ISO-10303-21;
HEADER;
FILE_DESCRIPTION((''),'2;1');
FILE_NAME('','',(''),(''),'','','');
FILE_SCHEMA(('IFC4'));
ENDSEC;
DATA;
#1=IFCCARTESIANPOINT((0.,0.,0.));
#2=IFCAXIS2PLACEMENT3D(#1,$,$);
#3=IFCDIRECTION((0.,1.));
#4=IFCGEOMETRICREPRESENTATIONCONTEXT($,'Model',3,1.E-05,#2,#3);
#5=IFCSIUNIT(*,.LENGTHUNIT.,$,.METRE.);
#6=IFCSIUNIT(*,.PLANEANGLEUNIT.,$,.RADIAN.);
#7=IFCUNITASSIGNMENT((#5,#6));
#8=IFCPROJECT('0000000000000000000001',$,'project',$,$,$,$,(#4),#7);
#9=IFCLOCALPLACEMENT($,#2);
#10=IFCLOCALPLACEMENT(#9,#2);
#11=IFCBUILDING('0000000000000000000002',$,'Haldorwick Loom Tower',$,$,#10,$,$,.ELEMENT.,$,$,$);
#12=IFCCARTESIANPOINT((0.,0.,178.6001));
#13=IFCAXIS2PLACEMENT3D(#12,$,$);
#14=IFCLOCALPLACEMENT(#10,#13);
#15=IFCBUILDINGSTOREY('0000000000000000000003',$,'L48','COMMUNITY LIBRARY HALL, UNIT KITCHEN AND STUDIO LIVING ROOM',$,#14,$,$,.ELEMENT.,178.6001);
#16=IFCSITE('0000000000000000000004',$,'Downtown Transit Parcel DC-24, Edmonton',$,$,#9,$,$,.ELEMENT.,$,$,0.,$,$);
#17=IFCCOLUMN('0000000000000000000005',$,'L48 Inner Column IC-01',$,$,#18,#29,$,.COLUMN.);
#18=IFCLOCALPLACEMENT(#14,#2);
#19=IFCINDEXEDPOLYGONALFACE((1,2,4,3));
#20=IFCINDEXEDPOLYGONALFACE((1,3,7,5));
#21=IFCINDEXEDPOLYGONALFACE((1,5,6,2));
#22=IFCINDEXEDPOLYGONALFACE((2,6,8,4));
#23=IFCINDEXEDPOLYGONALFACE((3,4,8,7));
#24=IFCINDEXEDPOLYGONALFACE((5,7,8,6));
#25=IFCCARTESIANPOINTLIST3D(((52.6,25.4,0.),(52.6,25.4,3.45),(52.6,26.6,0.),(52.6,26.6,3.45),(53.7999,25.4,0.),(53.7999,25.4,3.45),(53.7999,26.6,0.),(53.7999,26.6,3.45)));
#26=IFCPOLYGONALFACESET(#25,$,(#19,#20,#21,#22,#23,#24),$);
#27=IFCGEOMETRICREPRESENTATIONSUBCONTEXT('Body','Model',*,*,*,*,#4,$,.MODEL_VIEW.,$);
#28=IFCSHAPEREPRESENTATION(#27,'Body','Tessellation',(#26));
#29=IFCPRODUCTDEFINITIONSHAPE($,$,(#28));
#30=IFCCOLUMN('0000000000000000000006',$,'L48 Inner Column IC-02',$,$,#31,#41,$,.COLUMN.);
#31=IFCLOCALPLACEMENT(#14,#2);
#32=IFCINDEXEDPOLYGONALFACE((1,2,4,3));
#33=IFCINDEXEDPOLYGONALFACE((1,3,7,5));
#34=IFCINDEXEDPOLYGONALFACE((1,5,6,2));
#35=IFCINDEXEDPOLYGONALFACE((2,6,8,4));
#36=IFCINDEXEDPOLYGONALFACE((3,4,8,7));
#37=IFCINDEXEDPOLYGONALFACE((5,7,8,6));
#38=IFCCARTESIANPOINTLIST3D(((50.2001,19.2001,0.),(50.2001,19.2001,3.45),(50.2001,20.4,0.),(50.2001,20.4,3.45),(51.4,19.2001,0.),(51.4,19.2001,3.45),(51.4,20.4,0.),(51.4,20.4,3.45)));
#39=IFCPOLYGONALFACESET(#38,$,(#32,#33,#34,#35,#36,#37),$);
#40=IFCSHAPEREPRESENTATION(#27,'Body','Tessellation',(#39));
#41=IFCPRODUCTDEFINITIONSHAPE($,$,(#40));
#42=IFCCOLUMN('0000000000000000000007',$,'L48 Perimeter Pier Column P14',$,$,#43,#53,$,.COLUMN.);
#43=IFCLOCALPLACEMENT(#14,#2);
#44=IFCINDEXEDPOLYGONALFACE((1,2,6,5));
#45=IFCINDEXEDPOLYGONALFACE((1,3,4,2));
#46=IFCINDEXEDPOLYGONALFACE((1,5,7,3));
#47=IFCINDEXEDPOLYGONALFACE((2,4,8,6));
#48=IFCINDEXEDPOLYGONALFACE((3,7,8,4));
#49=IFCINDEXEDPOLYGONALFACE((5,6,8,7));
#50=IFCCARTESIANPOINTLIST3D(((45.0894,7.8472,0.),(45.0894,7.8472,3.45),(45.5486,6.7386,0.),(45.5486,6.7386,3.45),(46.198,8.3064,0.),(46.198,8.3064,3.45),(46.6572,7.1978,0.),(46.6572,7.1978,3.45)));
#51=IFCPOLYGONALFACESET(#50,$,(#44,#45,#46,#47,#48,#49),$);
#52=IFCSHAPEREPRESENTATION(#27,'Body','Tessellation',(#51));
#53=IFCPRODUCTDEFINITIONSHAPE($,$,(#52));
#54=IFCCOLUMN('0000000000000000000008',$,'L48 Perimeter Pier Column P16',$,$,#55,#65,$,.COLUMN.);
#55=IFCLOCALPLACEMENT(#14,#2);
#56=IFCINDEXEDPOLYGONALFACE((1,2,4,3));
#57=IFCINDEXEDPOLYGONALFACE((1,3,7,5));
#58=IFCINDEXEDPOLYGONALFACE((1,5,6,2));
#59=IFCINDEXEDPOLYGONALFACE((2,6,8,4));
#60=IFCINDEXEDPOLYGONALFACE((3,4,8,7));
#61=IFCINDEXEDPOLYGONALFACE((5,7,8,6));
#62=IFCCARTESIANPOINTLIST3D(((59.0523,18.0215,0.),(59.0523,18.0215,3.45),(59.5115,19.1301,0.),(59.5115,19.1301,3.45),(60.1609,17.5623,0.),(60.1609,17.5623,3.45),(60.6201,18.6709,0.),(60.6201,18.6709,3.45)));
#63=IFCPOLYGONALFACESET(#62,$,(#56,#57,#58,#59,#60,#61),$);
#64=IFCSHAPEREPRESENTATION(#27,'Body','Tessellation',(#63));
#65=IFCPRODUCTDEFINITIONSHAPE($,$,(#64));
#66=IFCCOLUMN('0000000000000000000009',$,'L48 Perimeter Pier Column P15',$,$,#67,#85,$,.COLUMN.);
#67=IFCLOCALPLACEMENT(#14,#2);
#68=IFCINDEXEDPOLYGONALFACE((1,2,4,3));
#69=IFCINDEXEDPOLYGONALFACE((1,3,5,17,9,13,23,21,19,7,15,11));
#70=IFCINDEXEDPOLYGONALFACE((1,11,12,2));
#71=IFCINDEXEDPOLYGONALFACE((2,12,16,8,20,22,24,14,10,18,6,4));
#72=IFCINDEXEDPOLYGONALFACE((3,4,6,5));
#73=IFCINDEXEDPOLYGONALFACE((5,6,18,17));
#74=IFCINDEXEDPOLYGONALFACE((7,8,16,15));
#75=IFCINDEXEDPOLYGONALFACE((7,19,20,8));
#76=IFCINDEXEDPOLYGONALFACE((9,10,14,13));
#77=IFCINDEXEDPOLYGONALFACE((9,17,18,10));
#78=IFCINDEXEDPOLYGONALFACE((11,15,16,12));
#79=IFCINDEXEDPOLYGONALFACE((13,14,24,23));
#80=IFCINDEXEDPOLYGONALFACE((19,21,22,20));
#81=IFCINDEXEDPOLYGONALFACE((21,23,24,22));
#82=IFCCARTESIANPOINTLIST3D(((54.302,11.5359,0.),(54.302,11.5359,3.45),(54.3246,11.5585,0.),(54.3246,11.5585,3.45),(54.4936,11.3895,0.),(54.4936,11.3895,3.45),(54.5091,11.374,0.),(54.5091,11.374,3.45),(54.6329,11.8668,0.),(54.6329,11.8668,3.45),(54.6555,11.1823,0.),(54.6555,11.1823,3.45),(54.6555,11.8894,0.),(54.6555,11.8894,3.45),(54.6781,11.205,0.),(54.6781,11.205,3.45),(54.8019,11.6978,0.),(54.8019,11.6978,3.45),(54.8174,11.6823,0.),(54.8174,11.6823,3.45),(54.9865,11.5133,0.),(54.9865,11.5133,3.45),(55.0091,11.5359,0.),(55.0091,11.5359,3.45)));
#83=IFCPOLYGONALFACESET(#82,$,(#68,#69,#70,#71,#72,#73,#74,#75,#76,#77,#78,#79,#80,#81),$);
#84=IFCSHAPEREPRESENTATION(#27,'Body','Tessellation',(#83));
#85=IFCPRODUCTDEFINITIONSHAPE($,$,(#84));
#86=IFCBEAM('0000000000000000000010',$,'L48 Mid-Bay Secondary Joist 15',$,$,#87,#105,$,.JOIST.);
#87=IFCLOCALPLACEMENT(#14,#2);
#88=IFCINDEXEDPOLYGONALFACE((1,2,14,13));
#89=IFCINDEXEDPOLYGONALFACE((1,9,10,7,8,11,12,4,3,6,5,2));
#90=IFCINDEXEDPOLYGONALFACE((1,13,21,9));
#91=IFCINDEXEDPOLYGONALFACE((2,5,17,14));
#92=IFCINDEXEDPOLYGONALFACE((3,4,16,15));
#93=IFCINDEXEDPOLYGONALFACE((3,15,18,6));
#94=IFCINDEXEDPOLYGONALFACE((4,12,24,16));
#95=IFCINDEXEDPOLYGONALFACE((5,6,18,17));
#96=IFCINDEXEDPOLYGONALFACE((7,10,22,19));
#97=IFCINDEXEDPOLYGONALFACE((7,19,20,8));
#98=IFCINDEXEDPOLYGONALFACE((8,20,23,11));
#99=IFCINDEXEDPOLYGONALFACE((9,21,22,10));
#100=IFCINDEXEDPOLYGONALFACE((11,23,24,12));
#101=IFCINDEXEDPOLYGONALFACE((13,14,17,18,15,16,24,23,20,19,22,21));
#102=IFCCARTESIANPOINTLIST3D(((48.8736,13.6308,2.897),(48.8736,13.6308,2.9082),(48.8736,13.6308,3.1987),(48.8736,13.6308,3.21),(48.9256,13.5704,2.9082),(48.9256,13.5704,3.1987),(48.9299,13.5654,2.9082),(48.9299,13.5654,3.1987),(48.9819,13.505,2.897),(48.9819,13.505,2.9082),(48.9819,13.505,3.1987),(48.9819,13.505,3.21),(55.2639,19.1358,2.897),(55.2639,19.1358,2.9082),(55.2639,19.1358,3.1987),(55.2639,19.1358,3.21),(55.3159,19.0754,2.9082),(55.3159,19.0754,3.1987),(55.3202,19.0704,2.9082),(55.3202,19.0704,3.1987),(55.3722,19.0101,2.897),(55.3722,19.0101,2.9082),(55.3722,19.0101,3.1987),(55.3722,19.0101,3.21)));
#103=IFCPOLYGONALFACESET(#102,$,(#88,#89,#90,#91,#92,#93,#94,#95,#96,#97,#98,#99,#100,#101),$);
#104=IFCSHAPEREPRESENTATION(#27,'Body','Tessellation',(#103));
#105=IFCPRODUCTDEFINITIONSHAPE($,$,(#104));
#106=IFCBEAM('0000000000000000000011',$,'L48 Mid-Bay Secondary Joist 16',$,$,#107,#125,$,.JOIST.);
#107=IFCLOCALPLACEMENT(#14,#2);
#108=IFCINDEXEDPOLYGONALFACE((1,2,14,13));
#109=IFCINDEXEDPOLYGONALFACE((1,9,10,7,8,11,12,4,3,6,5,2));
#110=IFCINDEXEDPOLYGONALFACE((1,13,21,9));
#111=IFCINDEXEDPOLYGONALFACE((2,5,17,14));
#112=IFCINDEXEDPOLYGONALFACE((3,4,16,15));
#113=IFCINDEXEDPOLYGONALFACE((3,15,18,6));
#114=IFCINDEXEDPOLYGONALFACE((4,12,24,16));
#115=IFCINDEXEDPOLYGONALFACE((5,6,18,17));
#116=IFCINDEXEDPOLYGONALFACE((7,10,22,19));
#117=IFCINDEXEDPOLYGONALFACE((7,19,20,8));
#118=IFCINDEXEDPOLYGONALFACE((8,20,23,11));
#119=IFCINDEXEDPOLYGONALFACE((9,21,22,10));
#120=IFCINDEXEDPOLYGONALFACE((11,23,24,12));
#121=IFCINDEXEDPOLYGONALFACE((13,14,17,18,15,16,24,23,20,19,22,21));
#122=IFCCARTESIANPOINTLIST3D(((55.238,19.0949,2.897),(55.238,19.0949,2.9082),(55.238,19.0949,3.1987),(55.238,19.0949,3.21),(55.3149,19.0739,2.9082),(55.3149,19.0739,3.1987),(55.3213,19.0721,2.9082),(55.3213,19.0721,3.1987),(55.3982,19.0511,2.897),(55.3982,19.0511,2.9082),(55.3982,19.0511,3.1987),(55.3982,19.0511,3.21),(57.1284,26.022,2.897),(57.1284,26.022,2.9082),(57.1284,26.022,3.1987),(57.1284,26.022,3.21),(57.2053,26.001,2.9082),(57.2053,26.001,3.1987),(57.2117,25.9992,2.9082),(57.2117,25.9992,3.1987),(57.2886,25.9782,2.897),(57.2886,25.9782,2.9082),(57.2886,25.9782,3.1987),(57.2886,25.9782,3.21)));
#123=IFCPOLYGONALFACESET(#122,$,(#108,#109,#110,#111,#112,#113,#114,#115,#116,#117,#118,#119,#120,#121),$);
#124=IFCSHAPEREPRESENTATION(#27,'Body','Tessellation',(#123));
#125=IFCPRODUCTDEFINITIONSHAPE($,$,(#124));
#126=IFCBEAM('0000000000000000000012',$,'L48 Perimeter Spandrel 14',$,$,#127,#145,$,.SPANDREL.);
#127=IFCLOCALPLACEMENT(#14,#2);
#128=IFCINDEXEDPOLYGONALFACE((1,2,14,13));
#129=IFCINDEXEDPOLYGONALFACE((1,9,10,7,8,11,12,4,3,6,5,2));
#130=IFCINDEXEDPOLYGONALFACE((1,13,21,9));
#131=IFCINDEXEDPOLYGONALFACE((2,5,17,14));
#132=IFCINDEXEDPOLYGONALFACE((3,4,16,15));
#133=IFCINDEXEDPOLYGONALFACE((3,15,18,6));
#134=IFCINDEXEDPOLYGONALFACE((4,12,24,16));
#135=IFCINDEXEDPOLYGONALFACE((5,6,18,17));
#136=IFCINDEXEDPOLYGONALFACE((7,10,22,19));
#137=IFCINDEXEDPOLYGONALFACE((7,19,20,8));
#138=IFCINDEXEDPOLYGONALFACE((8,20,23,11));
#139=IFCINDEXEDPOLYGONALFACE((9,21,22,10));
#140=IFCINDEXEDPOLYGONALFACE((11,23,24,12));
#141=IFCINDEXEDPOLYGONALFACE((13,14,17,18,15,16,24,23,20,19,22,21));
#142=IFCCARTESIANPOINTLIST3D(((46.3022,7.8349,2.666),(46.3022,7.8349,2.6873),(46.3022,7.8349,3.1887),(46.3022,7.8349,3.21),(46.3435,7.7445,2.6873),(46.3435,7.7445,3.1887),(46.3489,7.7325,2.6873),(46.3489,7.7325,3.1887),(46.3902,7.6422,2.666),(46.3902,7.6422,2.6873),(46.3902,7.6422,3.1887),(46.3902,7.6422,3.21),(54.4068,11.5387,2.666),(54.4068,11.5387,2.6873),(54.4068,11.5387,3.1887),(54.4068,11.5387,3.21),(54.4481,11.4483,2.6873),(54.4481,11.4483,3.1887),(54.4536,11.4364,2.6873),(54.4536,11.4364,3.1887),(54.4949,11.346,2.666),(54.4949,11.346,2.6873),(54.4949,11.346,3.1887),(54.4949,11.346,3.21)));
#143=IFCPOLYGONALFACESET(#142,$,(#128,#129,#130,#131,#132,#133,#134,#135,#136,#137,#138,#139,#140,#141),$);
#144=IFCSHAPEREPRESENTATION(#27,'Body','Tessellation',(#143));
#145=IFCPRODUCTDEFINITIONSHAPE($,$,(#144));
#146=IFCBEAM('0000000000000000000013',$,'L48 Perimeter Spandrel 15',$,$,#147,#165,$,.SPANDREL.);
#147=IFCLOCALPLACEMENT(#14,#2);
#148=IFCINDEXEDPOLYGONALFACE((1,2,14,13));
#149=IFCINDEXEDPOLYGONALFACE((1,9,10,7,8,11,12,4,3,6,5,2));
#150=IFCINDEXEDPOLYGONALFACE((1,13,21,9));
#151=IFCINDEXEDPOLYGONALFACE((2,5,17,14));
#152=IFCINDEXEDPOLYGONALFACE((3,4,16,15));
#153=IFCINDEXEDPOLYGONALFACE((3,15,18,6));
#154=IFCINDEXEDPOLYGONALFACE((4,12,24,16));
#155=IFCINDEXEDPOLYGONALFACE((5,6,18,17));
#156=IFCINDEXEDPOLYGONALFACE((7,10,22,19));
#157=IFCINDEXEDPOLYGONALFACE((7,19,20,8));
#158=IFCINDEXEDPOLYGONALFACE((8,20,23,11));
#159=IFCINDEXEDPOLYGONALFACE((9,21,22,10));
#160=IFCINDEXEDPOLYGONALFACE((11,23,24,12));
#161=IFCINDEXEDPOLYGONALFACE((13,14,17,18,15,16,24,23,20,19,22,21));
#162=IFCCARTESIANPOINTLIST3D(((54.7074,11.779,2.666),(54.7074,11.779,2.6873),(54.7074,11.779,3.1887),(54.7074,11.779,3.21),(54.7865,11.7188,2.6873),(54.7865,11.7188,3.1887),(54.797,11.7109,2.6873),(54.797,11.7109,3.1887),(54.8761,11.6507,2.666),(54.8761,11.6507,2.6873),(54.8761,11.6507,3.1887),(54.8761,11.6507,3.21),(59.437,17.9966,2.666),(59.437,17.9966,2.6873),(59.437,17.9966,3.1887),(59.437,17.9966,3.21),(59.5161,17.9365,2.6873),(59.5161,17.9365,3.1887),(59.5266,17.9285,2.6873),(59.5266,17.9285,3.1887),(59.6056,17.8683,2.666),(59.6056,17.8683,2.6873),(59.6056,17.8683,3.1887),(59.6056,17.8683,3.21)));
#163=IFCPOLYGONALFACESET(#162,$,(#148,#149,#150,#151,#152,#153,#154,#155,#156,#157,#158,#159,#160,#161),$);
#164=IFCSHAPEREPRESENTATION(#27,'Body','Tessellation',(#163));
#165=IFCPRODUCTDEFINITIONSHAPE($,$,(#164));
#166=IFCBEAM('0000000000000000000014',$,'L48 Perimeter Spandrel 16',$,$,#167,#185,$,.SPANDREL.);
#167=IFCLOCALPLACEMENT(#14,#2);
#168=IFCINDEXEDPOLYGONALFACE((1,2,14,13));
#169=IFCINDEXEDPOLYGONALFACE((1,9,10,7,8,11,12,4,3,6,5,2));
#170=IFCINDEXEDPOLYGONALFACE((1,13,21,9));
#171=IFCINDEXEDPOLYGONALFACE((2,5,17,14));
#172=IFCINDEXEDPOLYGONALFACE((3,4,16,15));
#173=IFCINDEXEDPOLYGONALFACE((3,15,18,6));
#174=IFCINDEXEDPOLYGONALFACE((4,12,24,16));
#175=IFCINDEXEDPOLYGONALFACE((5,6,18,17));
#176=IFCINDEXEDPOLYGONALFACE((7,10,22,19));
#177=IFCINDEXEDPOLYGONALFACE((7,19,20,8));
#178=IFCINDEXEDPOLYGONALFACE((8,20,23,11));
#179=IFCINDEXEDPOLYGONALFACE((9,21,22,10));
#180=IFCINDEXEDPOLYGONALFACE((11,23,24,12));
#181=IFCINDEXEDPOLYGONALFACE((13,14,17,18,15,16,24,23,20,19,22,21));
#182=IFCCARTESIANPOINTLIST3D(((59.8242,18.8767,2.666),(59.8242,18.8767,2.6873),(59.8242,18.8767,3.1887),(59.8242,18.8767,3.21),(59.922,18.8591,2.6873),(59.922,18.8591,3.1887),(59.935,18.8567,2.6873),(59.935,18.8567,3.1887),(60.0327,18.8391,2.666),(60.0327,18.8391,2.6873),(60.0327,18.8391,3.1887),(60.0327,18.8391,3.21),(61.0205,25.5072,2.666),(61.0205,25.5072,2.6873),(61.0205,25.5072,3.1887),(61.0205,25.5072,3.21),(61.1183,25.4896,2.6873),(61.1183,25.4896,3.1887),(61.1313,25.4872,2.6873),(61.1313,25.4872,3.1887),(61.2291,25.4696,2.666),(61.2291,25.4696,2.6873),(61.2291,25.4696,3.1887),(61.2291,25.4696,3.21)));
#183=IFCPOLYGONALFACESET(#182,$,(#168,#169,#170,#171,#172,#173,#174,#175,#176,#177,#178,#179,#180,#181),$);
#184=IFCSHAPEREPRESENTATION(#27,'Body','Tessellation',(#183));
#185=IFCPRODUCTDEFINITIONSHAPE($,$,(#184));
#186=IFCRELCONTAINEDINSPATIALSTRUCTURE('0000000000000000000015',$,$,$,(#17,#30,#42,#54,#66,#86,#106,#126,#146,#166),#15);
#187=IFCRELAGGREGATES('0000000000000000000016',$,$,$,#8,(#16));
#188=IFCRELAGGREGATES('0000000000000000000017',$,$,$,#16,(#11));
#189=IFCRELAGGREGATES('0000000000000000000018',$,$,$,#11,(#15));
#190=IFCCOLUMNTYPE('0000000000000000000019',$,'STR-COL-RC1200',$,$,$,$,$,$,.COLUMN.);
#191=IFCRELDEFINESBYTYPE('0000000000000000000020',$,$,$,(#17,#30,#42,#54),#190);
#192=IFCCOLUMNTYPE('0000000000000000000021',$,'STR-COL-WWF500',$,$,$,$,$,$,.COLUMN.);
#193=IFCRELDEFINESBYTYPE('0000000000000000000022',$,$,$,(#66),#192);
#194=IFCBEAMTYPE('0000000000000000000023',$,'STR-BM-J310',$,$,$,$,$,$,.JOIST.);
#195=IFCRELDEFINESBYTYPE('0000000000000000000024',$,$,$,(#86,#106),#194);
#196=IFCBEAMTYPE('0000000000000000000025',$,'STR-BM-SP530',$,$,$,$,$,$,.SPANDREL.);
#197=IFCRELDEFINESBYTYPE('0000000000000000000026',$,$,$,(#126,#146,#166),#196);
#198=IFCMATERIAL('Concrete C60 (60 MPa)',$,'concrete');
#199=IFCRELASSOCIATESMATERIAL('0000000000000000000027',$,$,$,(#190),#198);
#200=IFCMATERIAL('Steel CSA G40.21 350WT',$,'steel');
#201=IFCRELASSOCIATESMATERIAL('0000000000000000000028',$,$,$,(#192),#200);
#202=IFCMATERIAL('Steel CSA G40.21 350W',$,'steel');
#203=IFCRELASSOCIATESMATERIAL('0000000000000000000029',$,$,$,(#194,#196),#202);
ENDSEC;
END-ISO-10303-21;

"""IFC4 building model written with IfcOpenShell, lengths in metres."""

from ifc_helpers import new_model, si_unit, direction, frame, origin, origin_2d, place, context, subcontext, project, spatial, rectangle, i_section, extrude, material, material_profile, profile_set, type_object, element, save


model = new_model("IFC4")

# Units and contexts
model_context = context("Model", 3, precision=1e-05, world=origin(), true_north=direction((0.0, 1.0)))
body_context = subcontext(model_context, "Body", "Model", "MODEL_VIEW")
ifc_project = project(units=[si_unit("LENGTHUNIT", "METRE"), si_unit("PLANEANGLEUNIT", "RADIAN")], contexts=[model_context])

# Site, building, storey
site_placement = place(None, origin())
site = spatial("IfcSite", under=ifc_project, at=site_placement, Name="Downtown Transit Parcel DC-24, Edmonton", CompositionType="ELEMENT", RefElevation=0.0)
building_placement = place(site_placement, origin())
building = spatial("IfcBuilding", under=site, at=building_placement, Name="Haldorwick Loom Tower", CompositionType="ELEMENT")
storey_placement = place(building_placement, frame((0.0, 0.0, 178.6001)))
storey = spatial("IfcBuildingStorey", under=building, at=storey_placement, Name="L48", Description="COMMUNITY LIBRARY HALL, UNIT KITCHEN AND STUDIO LIVING ROOM", CompositionType="ELEMENT", Elevation=178.6001)

# Columns
ifc_material_1 = material(Name="Concrete C60 (60 MPa)", Category="concrete")
ifc_material_profile_1 = material_profile(ifc_material_1, rectangle(XDim=1.2, YDim=1.2, at=origin_2d()), Name="RC1200X1200", Category="concrete")
ifc_profile_set_1 = profile_set([ifc_material_profile_1], Name="Concrete C60 (60 MPa)")
column_type_1 = type_object("IfcColumnType", Name="STR-COL-RC1200", PredefinedType="COLUMN", material=ifc_profile_set_1)
for number, where, z_axis, x_axis, name in (
    (1, (53.2, 26.0, 0.0), (0.0, 0.0, 1.0), (1.0, 0.0, 0.0), "L48 Inner Column IC-01"),
    (2, (50.8, 19.8, 0.0), (0.0, 0.0, 1.0), (1.0, 0.0, 0.0), "L48 Inner Column IC-02"),
    (3, (45.8733, 7.5225, 0.0), (0.0, 0.0, 1.0), (0.382683, -0.92388, 0.0), "L48 Perimeter Pier Column P14"),
    (4, (59.8362, 18.3462, 0.0), (0.0, 0.0, 1.0), (0.92388, -0.382683, 0.0), "L48 Perimeter Pier Column P16"),
):
    element("IfcColumn", number, at=place(storey_placement, frame(where, z_axis=z_axis, x_axis=x_axis)), inside=storey, type_object=column_type_1, Name=name, PredefinedType="COLUMN", context=body_context, shape_type="SweptSolid", body=[
        extrude(rectangle(XDim=1.2, YDim=1.2, at=origin_2d()), origin(), (0.0, 0.0, 1.0), 3.45),
    ])
ifc_material_2 = material(Name="Steel CSA G40.21 350WT", Category="steel")
ifc_material_profile_2 = material_profile(ifc_material_2, i_section(OverallWidth=0.5, OverallDepth=0.5, WebThickness=0.022, FlangeThickness=0.032, at=origin_2d()), Name="WWF500X500", Category="steel")
ifc_profile_set_2 = profile_set([ifc_material_profile_2], Name="Steel CSA G40.21 350WT")
column_type_2 = type_object("IfcColumnType", Name="STR-COL-WWF500", PredefinedType="COLUMN", material=ifc_profile_set_2)
column_placement = place(storey_placement, frame((54.6555, 11.5359, 0.0), z_axis=(0.0, 0.0, 1.0), x_axis=(0.707107, -0.707107, 0.0)))
element("IfcColumn", 5, at=column_placement, inside=storey, type_object=column_type_2, Name="L48 Perimeter Pier Column P15", PredefinedType="COLUMN", context=body_context, shape_type="SweptSolid", body=[
    extrude(i_section(OverallWidth=0.5, OverallDepth=0.5, WebThickness=0.022, FlangeThickness=0.032, at=origin_2d()), origin(), (0.0, 0.0, 1.0), 3.45),
])

# Beams
ifc_material_3 = material(Name="Steel CSA G40.21 350W", Category="steel")
ifc_material_profile_3 = material_profile(ifc_material_3, i_section(OverallWidth=0.166, OverallDepth=0.313, WebThickness=0.0066, FlangeThickness=0.0112, at=origin_2d()), Name="W310X45", Category="steel")
ifc_profile_set_3 = profile_set([ifc_material_profile_3], Name="Steel CSA G40.21 350W")
beam_type_1 = type_object("IfcBeamType", Name="STR-BM-J310", PredefinedType="JOIST", material=ifc_profile_set_3)
beam_1_placement = place(storey_placement, frame((48.9277, 13.5679, 3.0535), z_axis=(0.757634, 0.65268, 0.0), x_axis=(-0.65268, 0.757634, 0.0)))
element("IfcBeam", 6, at=beam_1_placement, inside=storey, type_object=beam_type_1, Name="L48 Mid-Bay Secondary Joist 15", PredefinedType="JOIST", context=body_context, shape_type="SweptSolid", body=[
    extrude(i_section(OverallWidth=0.166, OverallDepth=0.313, WebThickness=0.0066, FlangeThickness=0.0112, at=origin_2d()), origin(), (0.0, 0.0, 1.0), 8.4346),
])
beam_2_placement = place(storey_placement, frame((55.3181, 19.073, 3.0535), z_axis=(0.263273, 0.964721, 0.0), x_axis=(-0.964721, 0.263273, 0.0)))
element("IfcBeam", 7, at=beam_2_placement, inside=storey, type_object=beam_type_1, Name="L48 Mid-Bay Secondary Joist 16", PredefinedType="JOIST", context=body_context, shape_type="SweptSolid", body=[
    extrude(i_section(OverallWidth=0.166, OverallDepth=0.313, WebThickness=0.0066, FlangeThickness=0.0112, at=origin_2d()), origin(), (0.0, 0.0, 1.0), 7.1804),
])
ifc_material_profile_4 = material_profile(ifc_material_3, i_section(OverallWidth=0.2119, OverallDepth=0.5439, WebThickness=0.0132, FlangeThickness=0.0212, at=origin_2d()), Name="W530X123", Category="steel")
ifc_profile_set_4 = profile_set([ifc_material_profile_4], Name="Steel CSA G40.21 350W")
beam_type_2 = type_object("IfcBeamType", Name="STR-BM-SP530", PredefinedType="SPANDREL", material=ifc_profile_set_4)
beam_3_placement = place(storey_placement, frame((46.3462, 7.7385, 2.938), z_axis=(0.909524, 0.415652, 0.0), x_axis=(-0.415652, 0.909524, 0.0)))
element("IfcBeam", 8, at=beam_3_placement, inside=storey, type_object=beam_type_2, Name="L48 Perimeter Spandrel 14", PredefinedType="SPANDREL", context=body_context, shape_type="SweptSolid", body=[
    extrude(i_section(OverallWidth=0.2119, OverallDepth=0.5439, WebThickness=0.0132, FlangeThickness=0.0212, at=origin_2d()), origin(), (0.0, 0.0, 1.0), 8.9109),
])
beam_4_placement = place(storey_placement, frame((54.7917, 11.7148, 2.938), z_axis=(0.605422, 0.795905, 0.0), x_axis=(-0.795905, 0.605422, 0.0)))
element("IfcBeam", 9, at=beam_4_placement, inside=storey, type_object=beam_type_2, Name="L48 Perimeter Spandrel 15", PredefinedType="SPANDREL", context=body_context, shape_type="SweptSolid", body=[
    extrude(i_section(OverallWidth=0.2119, OverallDepth=0.5439, WebThickness=0.0132, FlangeThickness=0.0212, at=origin_2d()), origin(), (0.0, 0.0, 1.0), 7.812),
])
beam_5_placement = place(storey_placement, frame((59.9285, 18.8579, 2.938), z_axis=(0.177559, 0.98411, 0.0), x_axis=(-0.98411, 0.177559, 0.0)))
element("IfcBeam", 10, at=beam_5_placement, inside=storey, type_object=beam_type_2, Name="L48 Perimeter Spandrel 16", PredefinedType="SPANDREL", context=body_context, shape_type="SweptSolid", body=[
    extrude(i_section(OverallWidth=0.2119, OverallDepth=0.5439, WebThickness=0.0132, FlangeThickness=0.0212, at=origin_2d()), origin(), (0.0, 0.0, 1.0), 6.7375),
])

save(model, "model.ifc")
